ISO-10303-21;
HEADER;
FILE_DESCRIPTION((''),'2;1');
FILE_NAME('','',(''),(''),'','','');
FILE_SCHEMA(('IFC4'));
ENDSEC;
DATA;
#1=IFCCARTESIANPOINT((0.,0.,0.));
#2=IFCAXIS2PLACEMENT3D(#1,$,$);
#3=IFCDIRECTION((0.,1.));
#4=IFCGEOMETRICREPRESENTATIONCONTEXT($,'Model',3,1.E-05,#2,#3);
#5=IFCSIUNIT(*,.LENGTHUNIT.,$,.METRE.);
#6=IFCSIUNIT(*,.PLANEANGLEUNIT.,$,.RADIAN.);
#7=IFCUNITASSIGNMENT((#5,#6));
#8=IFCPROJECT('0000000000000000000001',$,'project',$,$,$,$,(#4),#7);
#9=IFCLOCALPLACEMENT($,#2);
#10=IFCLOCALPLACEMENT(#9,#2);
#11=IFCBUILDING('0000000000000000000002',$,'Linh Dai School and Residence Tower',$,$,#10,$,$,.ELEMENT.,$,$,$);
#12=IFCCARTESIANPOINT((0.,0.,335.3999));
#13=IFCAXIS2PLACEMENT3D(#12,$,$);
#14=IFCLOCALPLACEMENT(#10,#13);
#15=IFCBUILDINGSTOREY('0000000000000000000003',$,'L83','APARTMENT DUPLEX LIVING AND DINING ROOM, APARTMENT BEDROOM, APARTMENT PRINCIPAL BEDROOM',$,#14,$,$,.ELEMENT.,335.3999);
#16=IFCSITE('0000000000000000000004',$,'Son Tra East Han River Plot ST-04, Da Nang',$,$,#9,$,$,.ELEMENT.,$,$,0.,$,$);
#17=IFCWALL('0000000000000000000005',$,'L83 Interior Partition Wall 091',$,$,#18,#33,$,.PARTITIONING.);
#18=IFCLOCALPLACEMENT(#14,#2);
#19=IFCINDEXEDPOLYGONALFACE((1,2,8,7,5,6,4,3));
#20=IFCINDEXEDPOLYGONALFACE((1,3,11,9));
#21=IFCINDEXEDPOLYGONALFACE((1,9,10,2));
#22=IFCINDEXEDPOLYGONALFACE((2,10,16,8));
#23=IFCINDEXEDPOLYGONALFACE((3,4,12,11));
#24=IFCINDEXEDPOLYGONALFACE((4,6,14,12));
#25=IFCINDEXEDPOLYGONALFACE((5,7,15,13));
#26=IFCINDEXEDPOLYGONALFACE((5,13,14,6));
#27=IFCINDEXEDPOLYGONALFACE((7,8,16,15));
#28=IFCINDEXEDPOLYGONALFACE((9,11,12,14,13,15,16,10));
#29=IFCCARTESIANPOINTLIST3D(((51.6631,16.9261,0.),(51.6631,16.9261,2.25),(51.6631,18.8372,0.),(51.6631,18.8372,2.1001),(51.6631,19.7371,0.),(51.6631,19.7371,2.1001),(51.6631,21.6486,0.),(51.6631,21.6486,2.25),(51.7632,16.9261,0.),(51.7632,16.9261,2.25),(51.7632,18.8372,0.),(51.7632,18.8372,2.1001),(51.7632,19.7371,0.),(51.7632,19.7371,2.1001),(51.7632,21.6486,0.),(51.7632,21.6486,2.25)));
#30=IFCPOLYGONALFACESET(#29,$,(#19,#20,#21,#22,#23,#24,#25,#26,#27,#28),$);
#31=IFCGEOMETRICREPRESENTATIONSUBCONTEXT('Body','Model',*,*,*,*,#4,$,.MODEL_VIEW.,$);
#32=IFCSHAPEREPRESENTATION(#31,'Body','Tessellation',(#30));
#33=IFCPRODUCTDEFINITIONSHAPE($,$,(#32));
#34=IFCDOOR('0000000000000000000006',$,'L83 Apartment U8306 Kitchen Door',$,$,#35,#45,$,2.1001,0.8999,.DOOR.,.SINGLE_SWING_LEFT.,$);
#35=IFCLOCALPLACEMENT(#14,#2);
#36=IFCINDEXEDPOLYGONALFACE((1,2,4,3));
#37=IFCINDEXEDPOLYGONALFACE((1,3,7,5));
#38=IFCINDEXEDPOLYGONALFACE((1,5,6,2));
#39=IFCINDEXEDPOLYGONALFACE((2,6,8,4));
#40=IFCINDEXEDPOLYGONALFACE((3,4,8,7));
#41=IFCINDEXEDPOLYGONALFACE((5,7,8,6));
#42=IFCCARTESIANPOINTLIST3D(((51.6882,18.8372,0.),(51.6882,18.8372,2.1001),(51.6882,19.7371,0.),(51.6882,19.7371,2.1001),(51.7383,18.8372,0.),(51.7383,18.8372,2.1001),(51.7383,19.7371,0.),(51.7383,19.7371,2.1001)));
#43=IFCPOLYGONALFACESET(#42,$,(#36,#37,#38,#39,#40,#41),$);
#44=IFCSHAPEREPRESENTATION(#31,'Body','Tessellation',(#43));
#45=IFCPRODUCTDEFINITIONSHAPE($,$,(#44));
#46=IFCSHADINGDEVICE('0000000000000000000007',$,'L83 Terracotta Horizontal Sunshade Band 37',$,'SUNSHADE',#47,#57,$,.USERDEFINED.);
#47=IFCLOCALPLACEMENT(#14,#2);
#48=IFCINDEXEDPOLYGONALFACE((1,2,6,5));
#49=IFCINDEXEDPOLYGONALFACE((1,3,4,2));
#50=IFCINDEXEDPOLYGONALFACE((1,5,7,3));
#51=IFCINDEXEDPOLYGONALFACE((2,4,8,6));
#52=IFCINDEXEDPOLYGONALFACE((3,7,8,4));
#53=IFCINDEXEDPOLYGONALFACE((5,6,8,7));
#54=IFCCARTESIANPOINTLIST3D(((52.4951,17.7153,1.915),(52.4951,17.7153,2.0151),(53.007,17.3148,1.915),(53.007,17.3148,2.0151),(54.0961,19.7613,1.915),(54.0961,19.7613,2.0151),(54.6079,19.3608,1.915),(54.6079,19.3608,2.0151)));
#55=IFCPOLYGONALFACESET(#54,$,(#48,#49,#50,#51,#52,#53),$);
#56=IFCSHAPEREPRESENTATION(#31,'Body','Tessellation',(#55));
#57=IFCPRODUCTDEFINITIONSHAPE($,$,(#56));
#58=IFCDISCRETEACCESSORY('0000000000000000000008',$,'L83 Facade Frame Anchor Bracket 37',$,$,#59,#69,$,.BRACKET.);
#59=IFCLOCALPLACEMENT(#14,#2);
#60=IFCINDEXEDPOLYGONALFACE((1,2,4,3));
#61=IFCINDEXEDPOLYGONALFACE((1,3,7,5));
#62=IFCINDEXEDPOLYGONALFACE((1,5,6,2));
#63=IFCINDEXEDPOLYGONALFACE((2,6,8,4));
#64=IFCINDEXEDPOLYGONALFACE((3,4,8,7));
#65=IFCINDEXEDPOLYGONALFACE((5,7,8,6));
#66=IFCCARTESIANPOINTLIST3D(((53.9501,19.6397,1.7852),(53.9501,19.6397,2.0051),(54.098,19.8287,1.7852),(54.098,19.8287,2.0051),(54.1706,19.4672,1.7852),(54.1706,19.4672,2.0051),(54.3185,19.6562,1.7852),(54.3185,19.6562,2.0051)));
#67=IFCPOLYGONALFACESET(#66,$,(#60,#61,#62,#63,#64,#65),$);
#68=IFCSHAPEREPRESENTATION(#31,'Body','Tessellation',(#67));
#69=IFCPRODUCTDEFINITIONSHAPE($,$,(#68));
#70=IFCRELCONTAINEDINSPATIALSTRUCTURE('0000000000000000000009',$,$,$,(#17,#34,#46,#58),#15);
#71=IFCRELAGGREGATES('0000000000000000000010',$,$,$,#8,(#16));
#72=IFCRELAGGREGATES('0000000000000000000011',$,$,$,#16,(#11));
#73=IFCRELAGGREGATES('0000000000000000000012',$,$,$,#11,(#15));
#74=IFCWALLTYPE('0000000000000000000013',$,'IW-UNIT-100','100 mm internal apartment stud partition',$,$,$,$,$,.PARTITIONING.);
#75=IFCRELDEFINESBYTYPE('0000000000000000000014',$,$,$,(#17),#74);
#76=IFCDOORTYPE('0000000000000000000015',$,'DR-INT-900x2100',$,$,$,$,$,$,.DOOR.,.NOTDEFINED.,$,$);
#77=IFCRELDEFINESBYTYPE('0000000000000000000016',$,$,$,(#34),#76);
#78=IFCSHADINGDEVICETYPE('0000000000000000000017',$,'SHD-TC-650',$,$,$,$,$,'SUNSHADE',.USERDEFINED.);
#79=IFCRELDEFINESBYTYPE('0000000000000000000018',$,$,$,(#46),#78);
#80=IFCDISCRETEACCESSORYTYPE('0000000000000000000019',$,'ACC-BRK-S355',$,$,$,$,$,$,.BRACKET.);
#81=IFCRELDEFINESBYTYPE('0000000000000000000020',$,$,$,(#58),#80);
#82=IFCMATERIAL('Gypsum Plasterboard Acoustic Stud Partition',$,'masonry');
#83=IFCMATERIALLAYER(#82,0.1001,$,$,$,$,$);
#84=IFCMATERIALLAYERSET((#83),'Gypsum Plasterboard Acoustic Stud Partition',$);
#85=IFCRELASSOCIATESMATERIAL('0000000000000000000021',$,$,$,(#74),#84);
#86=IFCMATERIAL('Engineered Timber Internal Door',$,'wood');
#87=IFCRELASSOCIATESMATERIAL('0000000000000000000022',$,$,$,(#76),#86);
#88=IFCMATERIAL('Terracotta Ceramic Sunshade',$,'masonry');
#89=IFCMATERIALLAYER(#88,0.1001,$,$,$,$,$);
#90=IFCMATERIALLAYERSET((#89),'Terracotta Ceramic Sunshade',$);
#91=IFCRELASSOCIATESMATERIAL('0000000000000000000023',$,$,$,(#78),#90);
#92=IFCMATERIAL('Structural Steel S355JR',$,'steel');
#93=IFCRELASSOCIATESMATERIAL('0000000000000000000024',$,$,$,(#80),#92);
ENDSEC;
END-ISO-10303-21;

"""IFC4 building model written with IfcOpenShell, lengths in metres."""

from ifc_helpers import new_model, si_unit, direction, frame, frame_2d, origin, origin_2d, place, context, subcontext, project, spatial, rectangle, extrude, source, transform, mapped, material, layer, layer_set, type_object, element, fill, save


model = new_model("IFC4")

# Units and contexts
model_context = context("Model", 3, precision=1e-05, world=origin(), true_north=direction((0.0, 1.0)))
body_context = subcontext(model_context, "Body", "Model", "MODEL_VIEW")
ifc_project = project(units=[si_unit("LENGTHUNIT", "METRE"), si_unit("PLANEANGLEUNIT", "RADIAN")], contexts=[model_context])

# Site, building, storey
site_placement = place(None, origin())
site = spatial("IfcSite", under=ifc_project, at=site_placement, Name="Son Tra East Han River Plot ST-04, Da Nang", CompositionType="ELEMENT", RefElevation=0.0)
building_placement = place(site_placement, origin())
building = spatial("IfcBuilding", under=site, at=building_placement, Name="Linh Dai School and Residence Tower", CompositionType="ELEMENT")
storey_placement = place(building_placement, frame((0.0, 0.0, 335.3999)))
storey = spatial("IfcBuildingStorey", under=building, at=storey_placement, Name="L83", Description="APARTMENT DUPLEX LIVING AND DINING ROOM, APARTMENT BEDROOM, APARTMENT PRINCIPAL BEDROOM", CompositionType="ELEMENT", Elevation=335.3999)

# Shared definitions
ifc_material_1 = material(Name="Structural Steel S355JR", Category="steel")

# Shared definitions
ifc_material_2 = material(Name="Gypsum Plasterboard Acoustic Stud Partition", Category="masonry")
ifc_layer_1 = layer(ifc_material_2, 0.1001)
ifc_layer_set_1 = layer_set([ifc_layer_1], Name="Gypsum Plasterboard Acoustic Stud Partition")
wall_type_1 = type_object("IfcWallType", Name="IW-UNIT-100", Description="100 mm internal apartment stud partition", PredefinedType="PARTITIONING", material=ifc_layer_set_1)

# Wall, opening, door
wall_1_placement = place(storey_placement, frame((51.7131, 16.926, 0.0), z_axis=(0.0, 0.0, 1.0), x_axis=(0.0, 1.0, 0.0)))
wall_1 = element("IfcWall", 1, at=wall_1_placement, inside=storey, type_object=wall_type_1, Name="L83 Interior Partition Wall 091", PredefinedType="PARTITIONING", context=body_context, shape_type="SweptSolid", body=[
    extrude(rectangle(XDim=4.7224, YDim=0.1001, at=frame_2d((2.3613, 0.0))), origin(), (0.0, 0.0, 1.0), 2.25),
])
opening_1_placement = place(wall_1_placement, frame((1.9111, 0.0, 0.0)))
opening_1 = element("IfcOpeningElement", 2, at=opening_1_placement, cuts=wall_1, PredefinedType="OPENING", context=body_context, shape_type="SweptSolid", body=[
    extrude(rectangle(XDim=0.8999, YDim=2.1001, at=origin_2d()), frame((0.45, 0.0601, 1.05), z_axis=(0.0, -1.0, 0.0), x_axis=(1.0, 0.0, 0.0)), (0.0, 0.0, 1.0), 0.1201),
])
ifc_material_3 = material(Name="Engineered Timber Internal Door", Category="wood")
door_type = type_object("IfcDoorType", Name="DR-INT-900x2100", OperationType="NOTDEFINED", PredefinedType="DOOR", material=ifc_material_3)
shared_shape_1 = source(origin(), body_context, "Body", "SweptSolid", [
    extrude(rectangle(XDim=0.8999, YDim=2.1001, at=origin_2d()), frame((0.45, 0.0249, 1.05), z_axis=(0.0, -1.0, 0.0), x_axis=(1.0, 0.0, 0.0)), (0.0, 0.0, 1.0), 0.05),
])
door_placement = place(opening_1_placement, origin())
door = element("IfcDoor", 3, at=door_placement, inside=storey, type_object=door_type, Name="L83 Apartment U8306 Kitchen Door", OperationType="SINGLE_SWING_LEFT", OverallHeight=2.1001, OverallWidth=0.8999, PredefinedType="DOOR", context=body_context, shape_type="MappedRepresentation", body=[
    mapped(shared_shape_1, transform((0.0, 0.0, 0.0), x_axis=(1.0, 0.0, 0.0), y_axis=(0.0, 1.0, 0.0), z_axis=(0.0, 0.0, 1.0), scale=1.0)),
])
fill(opening_1, door)

# Shading device
ifc_material_4 = material(Name="Terracotta Ceramic Sunshade", Category="masonry")
ifc_layer_2 = layer(ifc_material_4, 0.1001)
ifc_layer_set_2 = layer_set([ifc_layer_2], Name="Terracotta Ceramic Sunshade")
shading_device_type = type_object("IfcShadingDeviceType", Name="SHD-TC-650", ElementType="SUNSHADE", PredefinedType="USERDEFINED", material=ifc_layer_set_2)
shared_shape_2 = source(origin(), body_context, "Body", "SweptSolid", [
    extrude(rectangle(XDim=2.5979, YDim=0.6499, at=origin_2d()), origin(), (0.0, 0.0, 1.0), 0.1001),
])
shading_device_placement = place(storey_placement, frame((53.5515, 18.5381, 1.915), z_axis=(0.0, 0.0, 1.0), x_axis=(-0.616247, -0.787553, 0.0)))
element("IfcShadingDevice", 4, at=shading_device_placement, inside=storey, type_object=shading_device_type, Name="L83 Terracotta Horizontal Sunshade Band 37", ObjectType="SUNSHADE", PredefinedType="USERDEFINED", context=body_context, shape_type="MappedRepresentation", body=[
    mapped(shared_shape_2, transform((0.0, 0.0, 0.0), x_axis=(1.0, 0.0, 0.0), y_axis=(0.0, 1.0, 0.0), z_axis=(0.0, 0.0, 1.0), scale=1.0)),
])

# Discrete accessory
discrete_accessory_type = type_object("IfcDiscreteAccessoryType", Name="ACC-BRK-S355", PredefinedType="BRACKET", material=ifc_material_1)
shared_shape_3 = source(origin(), body_context, "Body", "SweptSolid", [
    extrude(rectangle(XDim=0.28, YDim=0.24, at=origin_2d()), origin(), (0.0, 0.0, 1.0), 0.22),
])
discrete_accessory_placement = place(storey_placement, frame((54.1343, 19.6479, 1.7852), z_axis=(0.0, 0.0, 1.0), x_axis=(0.787553, -0.616247, 0.0)))
element("IfcDiscreteAccessory", 5, at=discrete_accessory_placement, inside=storey, type_object=discrete_accessory_type, Name="L83 Facade Frame Anchor Bracket 37", PredefinedType="BRACKET", context=body_context, shape_type="MappedRepresentation", body=[
    mapped(shared_shape_3, transform((0.0, 0.0, 0.0), x_axis=(1.0, 0.0, 0.0), y_axis=(0.0, 1.0, 0.0), z_axis=(0.0, 0.0, 1.0), scale=1.0)),
])

save(model, "model.ifc")
